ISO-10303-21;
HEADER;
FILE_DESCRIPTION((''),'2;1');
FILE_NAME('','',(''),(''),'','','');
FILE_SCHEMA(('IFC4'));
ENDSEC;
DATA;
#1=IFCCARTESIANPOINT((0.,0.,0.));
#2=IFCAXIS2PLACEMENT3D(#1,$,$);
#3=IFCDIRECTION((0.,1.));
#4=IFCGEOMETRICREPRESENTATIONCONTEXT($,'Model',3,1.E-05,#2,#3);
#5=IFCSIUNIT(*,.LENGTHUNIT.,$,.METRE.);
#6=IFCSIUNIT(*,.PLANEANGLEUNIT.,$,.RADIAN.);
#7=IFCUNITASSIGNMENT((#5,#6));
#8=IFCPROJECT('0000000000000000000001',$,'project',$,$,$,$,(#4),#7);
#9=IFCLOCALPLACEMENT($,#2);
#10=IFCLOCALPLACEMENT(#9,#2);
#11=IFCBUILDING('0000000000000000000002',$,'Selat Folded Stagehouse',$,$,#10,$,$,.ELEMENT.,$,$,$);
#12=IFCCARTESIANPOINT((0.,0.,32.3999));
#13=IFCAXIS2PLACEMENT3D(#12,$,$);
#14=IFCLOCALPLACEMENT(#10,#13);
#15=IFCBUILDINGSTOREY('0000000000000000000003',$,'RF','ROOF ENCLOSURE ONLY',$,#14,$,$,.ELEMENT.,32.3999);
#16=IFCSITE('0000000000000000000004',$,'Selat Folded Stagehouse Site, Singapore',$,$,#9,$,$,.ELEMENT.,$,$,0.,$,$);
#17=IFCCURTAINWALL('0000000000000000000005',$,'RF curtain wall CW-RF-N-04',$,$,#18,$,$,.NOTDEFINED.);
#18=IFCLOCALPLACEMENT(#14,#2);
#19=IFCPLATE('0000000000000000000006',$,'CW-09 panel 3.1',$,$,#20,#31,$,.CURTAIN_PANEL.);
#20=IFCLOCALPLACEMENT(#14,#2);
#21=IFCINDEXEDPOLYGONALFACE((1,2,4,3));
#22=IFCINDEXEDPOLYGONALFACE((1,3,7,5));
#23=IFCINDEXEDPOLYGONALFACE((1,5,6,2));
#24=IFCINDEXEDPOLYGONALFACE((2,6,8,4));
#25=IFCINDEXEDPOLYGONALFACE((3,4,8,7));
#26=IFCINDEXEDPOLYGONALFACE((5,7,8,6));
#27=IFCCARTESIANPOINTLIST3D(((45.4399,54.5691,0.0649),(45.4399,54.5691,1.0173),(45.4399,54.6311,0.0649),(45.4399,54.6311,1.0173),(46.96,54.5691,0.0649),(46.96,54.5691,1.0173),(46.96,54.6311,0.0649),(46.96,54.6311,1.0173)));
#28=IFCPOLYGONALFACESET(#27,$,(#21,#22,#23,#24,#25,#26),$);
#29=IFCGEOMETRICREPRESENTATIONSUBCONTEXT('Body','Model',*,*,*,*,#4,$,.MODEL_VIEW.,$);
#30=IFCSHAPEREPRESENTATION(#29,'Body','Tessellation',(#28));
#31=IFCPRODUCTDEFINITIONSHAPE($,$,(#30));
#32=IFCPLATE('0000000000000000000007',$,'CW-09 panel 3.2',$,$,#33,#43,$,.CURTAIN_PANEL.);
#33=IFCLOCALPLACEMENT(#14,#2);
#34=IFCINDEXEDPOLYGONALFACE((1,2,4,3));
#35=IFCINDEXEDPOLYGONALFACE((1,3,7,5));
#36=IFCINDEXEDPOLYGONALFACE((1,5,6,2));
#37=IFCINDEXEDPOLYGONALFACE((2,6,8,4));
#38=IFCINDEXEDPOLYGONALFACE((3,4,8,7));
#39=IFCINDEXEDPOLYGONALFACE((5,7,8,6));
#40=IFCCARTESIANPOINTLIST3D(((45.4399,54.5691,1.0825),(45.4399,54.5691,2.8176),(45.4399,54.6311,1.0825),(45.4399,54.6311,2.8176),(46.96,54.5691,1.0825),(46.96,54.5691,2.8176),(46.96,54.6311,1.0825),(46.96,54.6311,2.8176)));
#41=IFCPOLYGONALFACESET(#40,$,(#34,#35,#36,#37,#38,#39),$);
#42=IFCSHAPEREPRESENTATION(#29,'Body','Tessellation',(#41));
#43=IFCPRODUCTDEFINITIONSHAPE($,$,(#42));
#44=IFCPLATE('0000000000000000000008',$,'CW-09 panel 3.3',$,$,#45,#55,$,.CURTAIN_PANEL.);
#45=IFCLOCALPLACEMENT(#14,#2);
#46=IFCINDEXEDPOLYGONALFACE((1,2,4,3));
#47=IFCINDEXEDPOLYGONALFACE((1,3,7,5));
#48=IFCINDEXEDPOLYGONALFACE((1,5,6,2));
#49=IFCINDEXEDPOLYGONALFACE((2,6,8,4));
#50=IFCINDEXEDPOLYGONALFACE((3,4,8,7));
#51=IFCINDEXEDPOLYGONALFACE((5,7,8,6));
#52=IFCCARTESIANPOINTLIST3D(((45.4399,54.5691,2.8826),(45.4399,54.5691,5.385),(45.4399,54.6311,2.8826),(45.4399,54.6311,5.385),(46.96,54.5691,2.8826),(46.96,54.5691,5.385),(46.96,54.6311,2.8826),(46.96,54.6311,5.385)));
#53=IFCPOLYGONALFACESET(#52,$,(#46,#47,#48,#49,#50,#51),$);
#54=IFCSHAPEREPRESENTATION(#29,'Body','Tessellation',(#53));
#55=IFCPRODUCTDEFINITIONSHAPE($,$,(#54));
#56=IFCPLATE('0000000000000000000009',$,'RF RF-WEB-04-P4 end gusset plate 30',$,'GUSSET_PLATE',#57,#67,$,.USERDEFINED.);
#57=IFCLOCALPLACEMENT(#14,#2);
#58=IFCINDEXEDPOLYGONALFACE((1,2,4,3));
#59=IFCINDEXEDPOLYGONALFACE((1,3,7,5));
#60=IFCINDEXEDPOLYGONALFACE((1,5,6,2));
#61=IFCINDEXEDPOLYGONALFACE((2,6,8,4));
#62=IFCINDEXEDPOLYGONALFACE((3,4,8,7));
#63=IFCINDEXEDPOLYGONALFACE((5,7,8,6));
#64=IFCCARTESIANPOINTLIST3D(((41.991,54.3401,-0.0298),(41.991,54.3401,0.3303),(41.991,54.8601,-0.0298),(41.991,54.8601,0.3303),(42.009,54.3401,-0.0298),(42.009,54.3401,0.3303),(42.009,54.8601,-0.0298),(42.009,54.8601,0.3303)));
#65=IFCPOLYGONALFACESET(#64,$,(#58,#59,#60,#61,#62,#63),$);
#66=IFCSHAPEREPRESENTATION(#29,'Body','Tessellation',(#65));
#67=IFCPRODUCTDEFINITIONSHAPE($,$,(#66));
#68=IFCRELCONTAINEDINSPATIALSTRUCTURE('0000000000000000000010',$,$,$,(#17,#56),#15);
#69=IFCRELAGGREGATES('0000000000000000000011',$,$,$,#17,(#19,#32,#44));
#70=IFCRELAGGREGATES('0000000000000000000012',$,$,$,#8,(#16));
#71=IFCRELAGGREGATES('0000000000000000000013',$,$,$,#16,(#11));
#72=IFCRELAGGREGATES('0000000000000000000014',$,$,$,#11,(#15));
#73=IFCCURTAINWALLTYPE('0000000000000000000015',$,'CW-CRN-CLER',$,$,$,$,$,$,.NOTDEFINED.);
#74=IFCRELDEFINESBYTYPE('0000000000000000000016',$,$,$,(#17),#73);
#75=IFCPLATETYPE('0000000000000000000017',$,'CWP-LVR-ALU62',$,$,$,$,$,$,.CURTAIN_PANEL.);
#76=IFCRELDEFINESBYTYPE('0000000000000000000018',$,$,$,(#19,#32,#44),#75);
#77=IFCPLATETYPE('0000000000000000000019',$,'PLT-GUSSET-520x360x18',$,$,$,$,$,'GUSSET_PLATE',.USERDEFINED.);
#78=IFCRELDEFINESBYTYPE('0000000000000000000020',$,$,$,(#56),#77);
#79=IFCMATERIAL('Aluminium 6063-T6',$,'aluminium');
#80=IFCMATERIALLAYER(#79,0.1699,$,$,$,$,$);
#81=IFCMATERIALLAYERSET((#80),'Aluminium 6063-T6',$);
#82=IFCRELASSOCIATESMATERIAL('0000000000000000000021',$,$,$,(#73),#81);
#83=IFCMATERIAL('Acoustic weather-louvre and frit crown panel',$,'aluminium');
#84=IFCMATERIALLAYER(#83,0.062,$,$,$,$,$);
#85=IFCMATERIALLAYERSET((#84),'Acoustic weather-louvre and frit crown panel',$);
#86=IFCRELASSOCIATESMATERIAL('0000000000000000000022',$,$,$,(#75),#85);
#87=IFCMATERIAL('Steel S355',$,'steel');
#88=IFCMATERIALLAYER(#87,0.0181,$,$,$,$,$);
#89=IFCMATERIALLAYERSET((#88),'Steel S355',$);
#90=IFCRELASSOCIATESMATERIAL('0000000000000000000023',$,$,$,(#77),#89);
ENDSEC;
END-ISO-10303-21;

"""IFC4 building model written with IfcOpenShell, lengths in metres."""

from ifc_helpers import new_model, si_unit, direction, frame, origin, origin_2d, place, context, subcontext, project, spatial, rectangle, extrude, material, layer, layer_set, type_object, element, aggregate, save


model = new_model("IFC4")

# Units and contexts
model_context = context("Model", 3, precision=1e-05, world=origin(), true_north=direction((0.0, 1.0)))
body_context = subcontext(model_context, "Body", "Model", "MODEL_VIEW")
ifc_project = project(units=[si_unit("LENGTHUNIT", "METRE"), si_unit("PLANEANGLEUNIT", "RADIAN")], contexts=[model_context])

# Site, building, storey
site_placement = place(None, origin())
site = spatial("IfcSite", under=ifc_project, at=site_placement, Name="Selat Folded Stagehouse Site, Singapore", CompositionType="ELEMENT", RefElevation=0.0)
building_placement = place(site_placement, origin())
building = spatial("IfcBuilding", under=site, at=building_placement, Name="Selat Folded Stagehouse", CompositionType="ELEMENT")
storey_placement = place(building_placement, frame((0.0, 0.0, 32.3999)))
storey = spatial("IfcBuildingStorey", under=building, at=storey_placement, Name="RF", Description="ROOF ENCLOSURE ONLY", CompositionType="ELEMENT", Elevation=32.3999)

# Shared definitions
ifc_material_1 = material(Name="Steel S355", Category="steel")

# Shared definitions
ifc_material_2 = material(Name="Aluminium 6063-T6", Category="aluminium")
ifc_layer_1 = layer(ifc_material_2, 0.1699)
ifc_layer_set_1 = layer_set([ifc_layer_1], Name="Aluminium 6063-T6")
curtain_wall_type = type_object("IfcCurtainWallType", Name="CW-CRN-CLER", PredefinedType="NOTDEFINED", material=ifc_layer_set_1)

# Curtain wall
curtain_wall_1_placement = place(storey_placement, origin())
curtain_wall_1 = element("IfcCurtainWall", 1, at=curtain_wall_1_placement, inside=storey, type_object=curtain_wall_type, Name="RF curtain wall CW-RF-N-04", PredefinedType="NOTDEFINED")

# Plates
ifc_material_3 = material(Name="Acoustic weather-louvre and frit crown panel", Category="aluminium")
ifc_layer_2 = layer(ifc_material_3, 0.062)
ifc_layer_set_2 = layer_set([ifc_layer_2], Name="Acoustic weather-louvre and frit crown panel")
plate_type_1 = type_object("IfcPlateType", Name="CWP-LVR-ALU62", PredefinedType="CURTAIN_PANEL", material=ifc_layer_set_2)
plate_1_placement = place(storey_placement, frame((46.2, 54.6001, 0.0649), z_axis=(0.0, 0.0, 1.0), x_axis=(1.0, 0.0, 0.0)))
plate_1 = element("IfcPlate", 2, at=plate_1_placement, type_object=plate_type_1, Name="CW-09 panel 3.1", PredefinedType="CURTAIN_PANEL", context=body_context, shape_type="SweptSolid", body=[
    extrude(rectangle(XDim=1.52, YDim=0.062, at=origin_2d()), origin(), (0.0, 0.0, 1.0), 0.9524),
])
plate_2_placement = place(storey_placement, frame((46.2, 54.6001, 1.0825), z_axis=(0.0, 0.0, 1.0), x_axis=(1.0, 0.0, 0.0)))
plate_2 = element("IfcPlate", 3, at=plate_2_placement, type_object=plate_type_1, Name="CW-09 panel 3.2", PredefinedType="CURTAIN_PANEL", context=body_context, shape_type="SweptSolid", body=[
    extrude(rectangle(XDim=1.52, YDim=0.062, at=origin_2d()), origin(), (0.0, 0.0, 1.0), 1.7351),
])
plate_3_placement = place(storey_placement, frame((46.2, 54.6001, 2.8826), z_axis=(0.0, 0.0, 1.0), x_axis=(1.0, 0.0, 0.0)))
plate_3 = element("IfcPlate", 4, at=plate_3_placement, type_object=plate_type_1, Name="CW-09 panel 3.3", PredefinedType="CURTAIN_PANEL", context=body_context, shape_type="SweptSolid", body=[
    extrude(rectangle(XDim=1.52, YDim=0.062, at=origin_2d()), origin(), (0.0, 0.0, 1.0), 2.5024),
])
aggregate(curtain_wall_1, [plate_1, plate_2, plate_3])
ifc_layer_3 = layer(ifc_material_1, 0.0181)
ifc_layer_set_3 = layer_set([ifc_layer_3], Name="Steel S355")
plate_type_2 = type_object("IfcPlateType", Name="PLT-GUSSET-520x360x18", ElementType="GUSSET_PLATE", PredefinedType="USERDEFINED", material=ifc_layer_set_3)
plate_4_placement = place(storey_placement, frame((42.0, 54.6001, -0.0298), z_axis=(0.0, 0.0, 1.0), x_axis=(0.0, 1.0, 0.0)))
element("IfcPlate", 5, at=plate_4_placement, inside=storey, type_object=plate_type_2, Name="RF RF-WEB-04-P4 end gusset plate 30", ObjectType="GUSSET_PLATE", PredefinedType="USERDEFINED", context=body_context, shape_type="SweptSolid", body=[
    extrude(rectangle(XDim=0.52, YDim=0.0181, at=origin_2d()), origin(), (0.0, 0.0, 1.0), 0.3601),
])

save(model, "model.ifc")
